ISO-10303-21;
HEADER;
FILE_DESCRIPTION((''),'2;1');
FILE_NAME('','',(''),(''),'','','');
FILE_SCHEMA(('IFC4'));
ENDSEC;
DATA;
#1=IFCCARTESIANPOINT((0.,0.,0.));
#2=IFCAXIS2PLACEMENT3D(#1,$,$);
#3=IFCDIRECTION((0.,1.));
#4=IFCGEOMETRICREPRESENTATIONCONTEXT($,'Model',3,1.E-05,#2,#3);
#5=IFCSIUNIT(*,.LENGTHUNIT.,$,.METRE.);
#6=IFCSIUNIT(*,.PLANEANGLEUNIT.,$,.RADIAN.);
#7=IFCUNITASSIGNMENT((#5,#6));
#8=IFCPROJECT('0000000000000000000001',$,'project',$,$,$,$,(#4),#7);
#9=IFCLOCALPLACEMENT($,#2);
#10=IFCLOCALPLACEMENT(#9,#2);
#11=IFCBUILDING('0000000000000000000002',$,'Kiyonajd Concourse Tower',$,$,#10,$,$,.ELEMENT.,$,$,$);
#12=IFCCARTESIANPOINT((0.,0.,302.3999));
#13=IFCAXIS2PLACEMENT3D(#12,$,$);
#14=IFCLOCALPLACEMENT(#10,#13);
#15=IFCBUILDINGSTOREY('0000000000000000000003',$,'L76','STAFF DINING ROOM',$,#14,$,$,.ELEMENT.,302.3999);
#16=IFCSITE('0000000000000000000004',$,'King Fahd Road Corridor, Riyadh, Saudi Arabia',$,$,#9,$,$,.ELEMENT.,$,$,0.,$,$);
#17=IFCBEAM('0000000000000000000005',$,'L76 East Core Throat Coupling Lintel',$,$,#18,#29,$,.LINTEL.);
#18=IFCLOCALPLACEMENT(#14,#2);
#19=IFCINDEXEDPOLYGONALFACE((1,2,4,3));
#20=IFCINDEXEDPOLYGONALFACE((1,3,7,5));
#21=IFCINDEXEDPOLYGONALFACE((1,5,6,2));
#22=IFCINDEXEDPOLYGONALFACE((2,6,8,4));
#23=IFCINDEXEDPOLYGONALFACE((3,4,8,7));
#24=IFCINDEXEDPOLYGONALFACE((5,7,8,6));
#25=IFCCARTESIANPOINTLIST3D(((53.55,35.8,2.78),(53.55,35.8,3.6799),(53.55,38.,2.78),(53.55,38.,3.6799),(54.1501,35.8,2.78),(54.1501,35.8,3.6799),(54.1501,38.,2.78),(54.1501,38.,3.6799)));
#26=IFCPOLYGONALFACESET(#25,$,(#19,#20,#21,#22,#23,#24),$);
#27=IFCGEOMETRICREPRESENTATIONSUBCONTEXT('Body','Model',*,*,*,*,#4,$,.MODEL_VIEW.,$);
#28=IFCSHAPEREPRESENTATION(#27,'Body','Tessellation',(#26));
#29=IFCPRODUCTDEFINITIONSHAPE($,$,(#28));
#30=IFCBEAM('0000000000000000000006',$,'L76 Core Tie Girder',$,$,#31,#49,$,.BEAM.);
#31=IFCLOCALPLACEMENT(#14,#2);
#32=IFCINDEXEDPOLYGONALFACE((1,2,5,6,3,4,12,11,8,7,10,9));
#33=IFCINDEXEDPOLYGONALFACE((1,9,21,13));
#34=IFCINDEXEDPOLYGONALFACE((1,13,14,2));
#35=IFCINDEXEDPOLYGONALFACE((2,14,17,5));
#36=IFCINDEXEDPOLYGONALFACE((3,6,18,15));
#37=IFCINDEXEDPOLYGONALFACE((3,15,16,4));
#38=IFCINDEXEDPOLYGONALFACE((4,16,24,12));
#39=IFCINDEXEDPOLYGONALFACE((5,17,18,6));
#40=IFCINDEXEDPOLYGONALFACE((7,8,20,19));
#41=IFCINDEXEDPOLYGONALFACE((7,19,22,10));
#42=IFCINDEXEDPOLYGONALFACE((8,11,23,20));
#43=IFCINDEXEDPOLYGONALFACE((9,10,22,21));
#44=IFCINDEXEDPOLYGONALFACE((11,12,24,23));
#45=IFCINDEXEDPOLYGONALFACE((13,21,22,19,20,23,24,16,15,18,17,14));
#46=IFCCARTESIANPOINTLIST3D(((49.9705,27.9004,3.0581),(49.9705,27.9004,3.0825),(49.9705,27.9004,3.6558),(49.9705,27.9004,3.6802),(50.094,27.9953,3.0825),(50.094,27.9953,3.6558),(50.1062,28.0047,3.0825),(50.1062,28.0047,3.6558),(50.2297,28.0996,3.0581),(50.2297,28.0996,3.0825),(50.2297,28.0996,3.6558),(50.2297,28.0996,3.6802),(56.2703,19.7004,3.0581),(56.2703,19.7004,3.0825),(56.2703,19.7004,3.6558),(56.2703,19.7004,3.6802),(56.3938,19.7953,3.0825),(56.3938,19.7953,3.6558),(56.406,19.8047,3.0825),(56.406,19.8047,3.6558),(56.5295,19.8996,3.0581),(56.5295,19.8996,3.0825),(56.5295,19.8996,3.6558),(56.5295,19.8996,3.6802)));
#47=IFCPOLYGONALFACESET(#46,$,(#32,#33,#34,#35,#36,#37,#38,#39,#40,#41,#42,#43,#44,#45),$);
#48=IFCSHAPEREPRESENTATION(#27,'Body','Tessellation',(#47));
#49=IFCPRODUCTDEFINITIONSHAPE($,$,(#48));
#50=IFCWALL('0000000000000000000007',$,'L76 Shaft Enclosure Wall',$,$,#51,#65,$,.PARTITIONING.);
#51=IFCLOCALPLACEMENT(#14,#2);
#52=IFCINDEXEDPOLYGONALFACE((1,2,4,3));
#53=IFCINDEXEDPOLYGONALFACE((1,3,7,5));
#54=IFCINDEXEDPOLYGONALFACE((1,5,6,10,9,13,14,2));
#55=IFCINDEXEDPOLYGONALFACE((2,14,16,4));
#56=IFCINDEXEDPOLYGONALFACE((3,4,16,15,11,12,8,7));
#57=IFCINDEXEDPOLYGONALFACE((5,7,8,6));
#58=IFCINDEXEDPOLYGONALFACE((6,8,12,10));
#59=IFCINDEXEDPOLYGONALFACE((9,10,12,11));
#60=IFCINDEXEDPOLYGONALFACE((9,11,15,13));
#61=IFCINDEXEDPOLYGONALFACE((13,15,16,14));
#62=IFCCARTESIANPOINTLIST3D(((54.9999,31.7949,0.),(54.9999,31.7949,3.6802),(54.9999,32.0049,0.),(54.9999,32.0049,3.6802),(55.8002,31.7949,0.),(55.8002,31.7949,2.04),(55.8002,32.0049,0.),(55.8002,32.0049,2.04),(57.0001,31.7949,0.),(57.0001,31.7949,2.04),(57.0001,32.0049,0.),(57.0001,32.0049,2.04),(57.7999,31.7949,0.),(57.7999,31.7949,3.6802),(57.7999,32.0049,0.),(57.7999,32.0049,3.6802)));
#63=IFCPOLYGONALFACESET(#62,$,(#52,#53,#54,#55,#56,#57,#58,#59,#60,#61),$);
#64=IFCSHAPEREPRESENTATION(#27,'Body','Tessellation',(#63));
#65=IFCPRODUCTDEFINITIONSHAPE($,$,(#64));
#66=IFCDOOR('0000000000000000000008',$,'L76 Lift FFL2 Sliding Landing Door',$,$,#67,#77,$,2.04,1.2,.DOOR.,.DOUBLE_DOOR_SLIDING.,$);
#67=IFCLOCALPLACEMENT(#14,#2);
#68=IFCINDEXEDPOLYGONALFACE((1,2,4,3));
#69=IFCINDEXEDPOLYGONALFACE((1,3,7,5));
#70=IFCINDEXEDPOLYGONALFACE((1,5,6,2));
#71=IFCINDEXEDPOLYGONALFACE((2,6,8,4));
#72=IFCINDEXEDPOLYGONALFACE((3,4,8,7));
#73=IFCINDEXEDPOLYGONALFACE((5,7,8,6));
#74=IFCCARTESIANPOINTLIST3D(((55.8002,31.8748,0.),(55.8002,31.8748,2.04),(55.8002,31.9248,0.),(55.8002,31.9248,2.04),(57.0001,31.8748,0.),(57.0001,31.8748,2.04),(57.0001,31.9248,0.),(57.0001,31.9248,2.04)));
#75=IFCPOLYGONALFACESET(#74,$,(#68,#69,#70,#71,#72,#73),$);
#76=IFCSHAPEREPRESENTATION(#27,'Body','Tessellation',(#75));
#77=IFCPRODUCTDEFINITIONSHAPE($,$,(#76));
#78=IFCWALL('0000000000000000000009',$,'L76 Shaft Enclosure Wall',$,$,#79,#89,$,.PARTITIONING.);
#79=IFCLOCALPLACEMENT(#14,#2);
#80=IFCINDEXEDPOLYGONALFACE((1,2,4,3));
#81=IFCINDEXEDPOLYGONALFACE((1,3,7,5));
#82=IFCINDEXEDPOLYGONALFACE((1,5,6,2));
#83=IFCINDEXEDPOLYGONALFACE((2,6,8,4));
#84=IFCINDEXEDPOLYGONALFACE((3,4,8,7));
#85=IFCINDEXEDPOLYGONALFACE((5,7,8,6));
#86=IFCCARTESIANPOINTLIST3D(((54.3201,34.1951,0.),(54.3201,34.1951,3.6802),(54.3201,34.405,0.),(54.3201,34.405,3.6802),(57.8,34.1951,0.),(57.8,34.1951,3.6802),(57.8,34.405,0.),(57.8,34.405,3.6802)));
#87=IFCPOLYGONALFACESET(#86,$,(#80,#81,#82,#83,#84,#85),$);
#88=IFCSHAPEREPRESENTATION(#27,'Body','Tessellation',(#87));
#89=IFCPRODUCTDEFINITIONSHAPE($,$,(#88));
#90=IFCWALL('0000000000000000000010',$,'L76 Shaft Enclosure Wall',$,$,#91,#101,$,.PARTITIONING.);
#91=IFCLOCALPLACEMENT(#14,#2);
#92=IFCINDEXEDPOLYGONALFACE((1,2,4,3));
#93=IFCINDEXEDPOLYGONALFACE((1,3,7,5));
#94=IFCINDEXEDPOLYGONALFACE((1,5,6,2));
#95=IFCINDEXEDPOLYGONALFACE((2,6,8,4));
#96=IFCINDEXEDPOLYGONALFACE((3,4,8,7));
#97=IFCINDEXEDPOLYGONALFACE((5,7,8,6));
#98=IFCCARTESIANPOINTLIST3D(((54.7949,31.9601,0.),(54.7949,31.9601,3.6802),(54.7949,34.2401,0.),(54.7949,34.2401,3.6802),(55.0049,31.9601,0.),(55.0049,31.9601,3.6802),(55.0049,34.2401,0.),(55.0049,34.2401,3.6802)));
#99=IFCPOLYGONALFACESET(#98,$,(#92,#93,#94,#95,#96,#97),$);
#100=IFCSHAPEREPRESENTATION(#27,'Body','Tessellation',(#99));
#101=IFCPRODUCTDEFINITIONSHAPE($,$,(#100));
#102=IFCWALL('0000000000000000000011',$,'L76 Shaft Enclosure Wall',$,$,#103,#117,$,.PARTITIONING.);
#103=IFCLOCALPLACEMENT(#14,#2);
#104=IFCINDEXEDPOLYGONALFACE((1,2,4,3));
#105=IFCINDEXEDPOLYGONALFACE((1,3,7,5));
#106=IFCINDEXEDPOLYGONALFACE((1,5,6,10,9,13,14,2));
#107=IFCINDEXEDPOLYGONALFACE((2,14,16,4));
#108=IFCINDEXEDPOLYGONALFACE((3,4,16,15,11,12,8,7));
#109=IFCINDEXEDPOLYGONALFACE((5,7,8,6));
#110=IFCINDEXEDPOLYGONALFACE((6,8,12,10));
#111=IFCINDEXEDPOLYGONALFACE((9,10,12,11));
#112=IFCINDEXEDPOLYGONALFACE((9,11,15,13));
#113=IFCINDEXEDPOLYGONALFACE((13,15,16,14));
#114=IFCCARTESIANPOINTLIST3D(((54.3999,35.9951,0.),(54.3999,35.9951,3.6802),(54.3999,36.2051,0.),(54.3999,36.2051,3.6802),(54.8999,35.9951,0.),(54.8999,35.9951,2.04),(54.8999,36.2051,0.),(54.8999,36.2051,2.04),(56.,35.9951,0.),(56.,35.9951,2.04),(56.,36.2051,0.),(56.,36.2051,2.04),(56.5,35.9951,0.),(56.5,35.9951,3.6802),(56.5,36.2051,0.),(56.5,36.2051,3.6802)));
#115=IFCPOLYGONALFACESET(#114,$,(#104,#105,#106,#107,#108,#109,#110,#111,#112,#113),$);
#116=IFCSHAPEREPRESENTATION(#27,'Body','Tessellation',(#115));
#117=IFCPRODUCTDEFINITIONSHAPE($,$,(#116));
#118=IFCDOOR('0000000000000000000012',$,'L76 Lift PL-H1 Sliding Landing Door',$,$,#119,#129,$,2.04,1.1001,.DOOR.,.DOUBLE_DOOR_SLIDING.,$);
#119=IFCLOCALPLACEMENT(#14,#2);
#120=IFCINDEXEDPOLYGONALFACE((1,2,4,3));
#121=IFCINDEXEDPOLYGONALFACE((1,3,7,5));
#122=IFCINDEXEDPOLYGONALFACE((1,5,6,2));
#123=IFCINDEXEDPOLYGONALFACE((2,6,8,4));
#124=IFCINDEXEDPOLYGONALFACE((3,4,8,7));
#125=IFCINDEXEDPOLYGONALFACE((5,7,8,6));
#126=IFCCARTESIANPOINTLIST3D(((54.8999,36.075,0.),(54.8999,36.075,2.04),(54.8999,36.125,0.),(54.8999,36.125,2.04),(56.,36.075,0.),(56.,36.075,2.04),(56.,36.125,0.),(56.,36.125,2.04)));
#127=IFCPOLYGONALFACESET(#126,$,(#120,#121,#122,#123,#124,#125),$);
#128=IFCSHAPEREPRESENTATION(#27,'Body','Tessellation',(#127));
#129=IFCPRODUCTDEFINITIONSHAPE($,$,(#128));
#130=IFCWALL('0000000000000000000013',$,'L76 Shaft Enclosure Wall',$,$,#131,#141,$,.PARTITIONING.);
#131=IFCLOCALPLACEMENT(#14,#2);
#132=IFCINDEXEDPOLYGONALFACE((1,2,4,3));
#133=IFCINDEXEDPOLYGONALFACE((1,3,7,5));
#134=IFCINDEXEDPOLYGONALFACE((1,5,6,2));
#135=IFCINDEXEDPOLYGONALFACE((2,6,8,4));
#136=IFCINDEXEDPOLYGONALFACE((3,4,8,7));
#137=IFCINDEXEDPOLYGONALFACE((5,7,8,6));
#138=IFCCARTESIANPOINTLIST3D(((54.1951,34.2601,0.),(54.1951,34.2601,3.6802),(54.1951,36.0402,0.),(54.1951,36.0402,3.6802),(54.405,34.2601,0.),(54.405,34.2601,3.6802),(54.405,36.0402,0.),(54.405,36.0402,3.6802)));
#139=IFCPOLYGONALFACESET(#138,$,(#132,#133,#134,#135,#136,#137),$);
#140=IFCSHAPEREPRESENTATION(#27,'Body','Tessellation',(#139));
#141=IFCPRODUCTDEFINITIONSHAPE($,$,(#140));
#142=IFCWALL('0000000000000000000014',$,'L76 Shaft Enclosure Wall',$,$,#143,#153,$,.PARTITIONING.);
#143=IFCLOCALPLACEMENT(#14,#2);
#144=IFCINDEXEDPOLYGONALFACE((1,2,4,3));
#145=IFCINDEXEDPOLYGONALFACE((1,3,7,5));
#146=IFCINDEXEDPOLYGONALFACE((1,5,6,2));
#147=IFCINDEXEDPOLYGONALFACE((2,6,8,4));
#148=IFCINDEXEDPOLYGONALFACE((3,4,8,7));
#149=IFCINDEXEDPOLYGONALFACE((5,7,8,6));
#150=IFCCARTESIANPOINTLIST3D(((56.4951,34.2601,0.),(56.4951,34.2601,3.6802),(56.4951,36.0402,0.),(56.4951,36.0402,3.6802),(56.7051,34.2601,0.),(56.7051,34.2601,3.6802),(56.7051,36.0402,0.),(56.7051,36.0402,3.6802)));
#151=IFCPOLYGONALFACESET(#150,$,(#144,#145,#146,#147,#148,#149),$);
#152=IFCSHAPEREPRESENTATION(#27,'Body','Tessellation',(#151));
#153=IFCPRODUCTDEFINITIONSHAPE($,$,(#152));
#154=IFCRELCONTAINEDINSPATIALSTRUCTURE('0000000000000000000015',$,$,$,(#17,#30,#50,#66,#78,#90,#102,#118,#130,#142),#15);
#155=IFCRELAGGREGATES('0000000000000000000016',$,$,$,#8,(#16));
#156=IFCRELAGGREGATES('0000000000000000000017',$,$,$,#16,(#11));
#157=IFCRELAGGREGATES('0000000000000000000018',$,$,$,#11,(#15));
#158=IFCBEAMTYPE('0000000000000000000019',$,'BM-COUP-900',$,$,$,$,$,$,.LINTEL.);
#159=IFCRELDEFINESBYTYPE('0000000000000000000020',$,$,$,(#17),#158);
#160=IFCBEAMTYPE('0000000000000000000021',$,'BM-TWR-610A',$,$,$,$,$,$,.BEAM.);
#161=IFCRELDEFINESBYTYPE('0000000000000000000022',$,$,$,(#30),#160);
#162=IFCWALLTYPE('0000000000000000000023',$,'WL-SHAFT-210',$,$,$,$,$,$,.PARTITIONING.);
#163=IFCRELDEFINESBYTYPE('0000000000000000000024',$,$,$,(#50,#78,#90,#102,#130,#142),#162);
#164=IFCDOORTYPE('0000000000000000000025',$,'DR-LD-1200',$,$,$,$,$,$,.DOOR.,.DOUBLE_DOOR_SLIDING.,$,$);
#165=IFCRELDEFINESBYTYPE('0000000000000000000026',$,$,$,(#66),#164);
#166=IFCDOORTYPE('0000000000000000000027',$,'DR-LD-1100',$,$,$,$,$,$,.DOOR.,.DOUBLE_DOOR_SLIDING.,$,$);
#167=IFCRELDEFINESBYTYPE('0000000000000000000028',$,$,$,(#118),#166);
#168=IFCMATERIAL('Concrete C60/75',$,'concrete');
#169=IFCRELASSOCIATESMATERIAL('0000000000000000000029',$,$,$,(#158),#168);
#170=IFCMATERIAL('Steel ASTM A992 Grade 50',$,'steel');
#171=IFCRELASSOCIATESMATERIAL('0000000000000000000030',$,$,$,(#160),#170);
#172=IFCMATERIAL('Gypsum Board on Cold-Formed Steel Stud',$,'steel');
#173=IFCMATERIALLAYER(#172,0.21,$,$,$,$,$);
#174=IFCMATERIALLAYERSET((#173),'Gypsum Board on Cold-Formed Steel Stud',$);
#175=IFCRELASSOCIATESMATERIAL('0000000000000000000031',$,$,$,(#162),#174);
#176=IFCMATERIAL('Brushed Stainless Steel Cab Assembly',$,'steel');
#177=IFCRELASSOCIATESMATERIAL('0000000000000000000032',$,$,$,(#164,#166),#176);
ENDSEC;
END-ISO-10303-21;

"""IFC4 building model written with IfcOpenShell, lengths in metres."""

from ifc_helpers import new_model, si_unit, direction, frame, frame_2d, origin, origin_2d, place, context, subcontext, project, spatial, rectangle, i_section, extrude, material, layer, layer_set, material_profile, profile_set, type_object, element, fill, save


model = new_model("IFC4")

# Units and contexts
model_context = context("Model", 3, precision=1e-05, world=origin(), true_north=direction((0.0, 1.0)))
body_context = subcontext(model_context, "Body", "Model", "MODEL_VIEW")
ifc_project = project(units=[si_unit("LENGTHUNIT", "METRE"), si_unit("PLANEANGLEUNIT", "RADIAN")], contexts=[model_context])

# Site, building, storey
site_placement = place(None, origin())
site = spatial("IfcSite", under=ifc_project, at=site_placement, Name="King Fahd Road Corridor, Riyadh, Saudi Arabia", CompositionType="ELEMENT", RefElevation=0.0)
building_placement = place(site_placement, origin())
building = spatial("IfcBuilding", under=site, at=building_placement, Name="Kiyonajd Concourse Tower", CompositionType="ELEMENT")
storey_placement = place(building_placement, frame((0.0, 0.0, 302.3999)))
storey = spatial("IfcBuildingStorey", under=building, at=storey_placement, Name="L76", Description="STAFF DINING ROOM", CompositionType="ELEMENT", Elevation=302.3999)

# Beams
ifc_material_1 = material(Name="Concrete C60/75", Category="concrete")
ifc_material_profile_1 = material_profile(ifc_material_1, rectangle(XDim=0.6001, YDim=0.8999, at=origin_2d()), Name="RCBM-600x900")
ifc_profile_set_1 = profile_set([ifc_material_profile_1], Name="Concrete C60/75")
beam_type_1 = type_object("IfcBeamType", Name="BM-COUP-900", PredefinedType="LINTEL", material=ifc_profile_set_1)
beam_1_placement = place(storey_placement, frame((53.8501, 35.8, 3.23), z_axis=(0.0, 1.0, 0.0), x_axis=(-1.0, 0.0, 0.0)))
element("IfcBeam", 1, at=beam_1_placement, inside=storey, type_object=beam_type_1, Name="L76 East Core Throat Coupling Lintel", PredefinedType="LINTEL", context=body_context, shape_type="SweptSolid", body=[
    extrude(rectangle(XDim=0.6001, YDim=0.8999, at=origin_2d()), origin(), (0.0, 0.0, 1.0), 2.2),
])
ifc_material_2 = material(Name="Steel ASTM A992 Grade 50", Category="steel")
ifc_material_profile_2 = material_profile(ifc_material_2, i_section(OverallWidth=0.3269, OverallDepth=0.6221, WebThickness=0.0154, FlangeThickness=0.0244, at=origin_2d()), Name="W610X195")
ifc_profile_set_2 = profile_set([ifc_material_profile_2], Name="Steel ASTM A992 Grade 50")
beam_type_2 = type_object("IfcBeamType", Name="BM-TWR-610A", PredefinedType="BEAM", material=ifc_profile_set_2)
beam_2_placement = place(storey_placement, frame((50.1001, 28.0, 3.3691), z_axis=(0.609234, -0.792991, 0.0), x_axis=(0.792991, 0.609234, 0.0)))
element("IfcBeam", 2, at=beam_2_placement, inside=storey, type_object=beam_type_2, Name="L76 Core Tie Girder", PredefinedType="BEAM", context=body_context, shape_type="SweptSolid", body=[
    extrude(i_section(OverallWidth=0.3269, OverallDepth=0.6221, WebThickness=0.0154, FlangeThickness=0.0244, at=origin_2d()), origin(), (0.0, 0.0, 1.0), 10.3406),
])

# Wall, opening, door
ifc_material_3 = material(Name="Gypsum Board on Cold-Formed Steel Stud", Category="steel")
ifc_layer_1 = layer(ifc_material_3, 0.21)
ifc_layer_set_1 = layer_set([ifc_layer_1], Name="Gypsum Board on Cold-Formed Steel Stud")
wall_type_1 = type_object("IfcWallType", Name="WL-SHAFT-210", PredefinedType="PARTITIONING", material=ifc_layer_set_1)
wall_1_placement = place(storey_placement, frame((55.0, 31.8999, 0.0), z_axis=(0.0, 0.0, 1.0), x_axis=(1.0, 0.0, 0.0)))
wall_1 = element("IfcWall", 3, at=wall_1_placement, inside=storey, type_object=wall_type_1, Name="L76 Shaft Enclosure Wall", PredefinedType="PARTITIONING", context=body_context, shape_type="SweptSolid", body=[
    extrude(rectangle(XDim=2.8, YDim=0.21, at=frame_2d((1.3999, 0.0))), origin(), (0.0, 0.0, 1.0), 3.6802),
])
opening_1_placement = place(wall_1_placement, frame((0.8, 0.0, 0.0)))
opening_1 = element("IfcOpeningElement", 4, at=opening_1_placement, cuts=wall_1, PredefinedType="OPENING", context=body_context, shape_type="SweptSolid", body=[
    extrude(rectangle(XDim=1.2, YDim=2.04, at=frame_2d((0.6001, 1.02))), frame((0.0, 0.115, 0.0), z_axis=(0.0, -1.0, 0.0), x_axis=(1.0, 0.0, 0.0)), (0.0, 0.0, 1.0), 0.23),
])
ifc_material_4 = material(Name="Brushed Stainless Steel Cab Assembly", Category="steel")
door_type_1 = type_object("IfcDoorType", Name="DR-LD-1200", OperationType="DOUBLE_DOOR_SLIDING", PredefinedType="DOOR", material=ifc_material_4)
door_1_placement = place(opening_1_placement, origin())
door_1 = element("IfcDoor", 5, at=door_1_placement, inside=storey, type_object=door_type_1, Name="L76 Lift FFL2 Sliding Landing Door", OperationType="DOUBLE_DOOR_SLIDING", OverallHeight=2.04, OverallWidth=1.2, PredefinedType="DOOR", context=body_context, shape_type="SweptSolid", body=[
    extrude(rectangle(XDim=1.2, YDim=2.04, at=frame_2d((0.6001, 1.02))), frame((0.0, 0.0249, 0.0), z_axis=(0.0, -1.0, 0.0), x_axis=(1.0, 0.0, 0.0)), (0.0, 0.0, 1.0), 0.05),
])
fill(opening_1, door_1)

# Walls
wall_2_placement = place(storey_placement, frame((54.3201, 34.3, 0.0), z_axis=(0.0, 0.0, 1.0), x_axis=(1.0, 0.0, 0.0)))
element("IfcWall", 6, at=wall_2_placement, inside=storey, type_object=wall_type_1, Name="L76 Shaft Enclosure Wall", PredefinedType="PARTITIONING", context=body_context, shape_type="SweptSolid", body=[
    extrude(rectangle(XDim=3.48, YDim=0.21, at=frame_2d((1.74, 0.0))), origin(), (0.0, 0.0, 1.0), 3.6802),
])
wall_3_placement = place(storey_placement, frame((54.8999, 31.96, 0.0), z_axis=(0.0, 0.0, 1.0), x_axis=(0.0, 1.0, 0.0)))
element("IfcWall", 7, at=wall_3_placement, inside=storey, type_object=wall_type_1, Name="L76 Shaft Enclosure Wall", PredefinedType="PARTITIONING", context=body_context, shape_type="SweptSolid", body=[
    extrude(rectangle(XDim=2.28, YDim=0.21, at=frame_2d((1.1401, 0.0))), origin(), (0.0, 0.0, 1.0), 3.6802),
])

# Wall, opening, door
wall_4_placement = place(storey_placement, frame((54.3999, 36.1001, 0.0), z_axis=(0.0, 0.0, 1.0), x_axis=(1.0, 0.0, 0.0)))
wall_4 = element("IfcWall", 8, at=wall_4_placement, inside=storey, type_object=wall_type_1, Name="L76 Shaft Enclosure Wall", PredefinedType="PARTITIONING", context=body_context, shape_type="SweptSolid", body=[
    extrude(rectangle(XDim=2.1001, YDim=0.21, at=frame_2d((1.05, 0.0))), origin(), (0.0, 0.0, 1.0), 3.6802),
])
opening_2_placement = place(wall_4_placement, frame((0.5, 0.0, 0.0)))
opening_2 = element("IfcOpeningElement", 9, at=opening_2_placement, cuts=wall_4, PredefinedType="OPENING", context=body_context, shape_type="SweptSolid", body=[
    extrude(rectangle(XDim=1.1001, YDim=2.04, at=frame_2d((0.55, 1.02))), frame((0.0, 0.115, 0.0), z_axis=(0.0, -1.0, 0.0), x_axis=(1.0, 0.0, 0.0)), (0.0, 0.0, 1.0), 0.23),
])
door_type_2 = type_object("IfcDoorType", Name="DR-LD-1100", OperationType="DOUBLE_DOOR_SLIDING", PredefinedType="DOOR", material=ifc_material_4)
door_2_placement = place(opening_2_placement, origin())
door_2 = element("IfcDoor", 10, at=door_2_placement, inside=storey, type_object=door_type_2, Name="L76 Lift PL-H1 Sliding Landing Door", OperationType="DOUBLE_DOOR_SLIDING", OverallHeight=2.04, OverallWidth=1.1001, PredefinedType="DOOR", context=body_context, shape_type="SweptSolid", body=[
    extrude(rectangle(XDim=1.1001, YDim=2.04, at=frame_2d((0.55, 1.02))), frame((0.0, 0.0249, 0.0), z_axis=(0.0, -1.0, 0.0), x_axis=(1.0, 0.0, 0.0)), (0.0, 0.0, 1.0), 0.05),
])
fill(opening_2, door_2)

# Walls
for number, where, z_axis, x_axis, name in (
    (11, (54.3, 34.26, 0.0), (0.0, 0.0, 1.0), (0.0, 1.0, 0.0), "L76 Shaft Enclosure Wall"),
    (12, (56.6001, 34.26, 0.0), (0.0, 0.0, 1.0), (0.0, 1.0, 0.0), "L76 Shaft Enclosure Wall"),
):
    element("IfcWall", number, at=place(storey_placement, frame(where, z_axis=z_axis, x_axis=x_axis)), inside=storey, type_object=wall_type_1, Name=name, PredefinedType="PARTITIONING", context=body_context, shape_type="SweptSolid", body=[
        extrude(rectangle(XDim=1.78, YDim=0.21, at=frame_2d((0.8901, 0.0))), origin(), (0.0, 0.0, 1.0), 3.6802),
    ])

save(model, "model.ifc")
